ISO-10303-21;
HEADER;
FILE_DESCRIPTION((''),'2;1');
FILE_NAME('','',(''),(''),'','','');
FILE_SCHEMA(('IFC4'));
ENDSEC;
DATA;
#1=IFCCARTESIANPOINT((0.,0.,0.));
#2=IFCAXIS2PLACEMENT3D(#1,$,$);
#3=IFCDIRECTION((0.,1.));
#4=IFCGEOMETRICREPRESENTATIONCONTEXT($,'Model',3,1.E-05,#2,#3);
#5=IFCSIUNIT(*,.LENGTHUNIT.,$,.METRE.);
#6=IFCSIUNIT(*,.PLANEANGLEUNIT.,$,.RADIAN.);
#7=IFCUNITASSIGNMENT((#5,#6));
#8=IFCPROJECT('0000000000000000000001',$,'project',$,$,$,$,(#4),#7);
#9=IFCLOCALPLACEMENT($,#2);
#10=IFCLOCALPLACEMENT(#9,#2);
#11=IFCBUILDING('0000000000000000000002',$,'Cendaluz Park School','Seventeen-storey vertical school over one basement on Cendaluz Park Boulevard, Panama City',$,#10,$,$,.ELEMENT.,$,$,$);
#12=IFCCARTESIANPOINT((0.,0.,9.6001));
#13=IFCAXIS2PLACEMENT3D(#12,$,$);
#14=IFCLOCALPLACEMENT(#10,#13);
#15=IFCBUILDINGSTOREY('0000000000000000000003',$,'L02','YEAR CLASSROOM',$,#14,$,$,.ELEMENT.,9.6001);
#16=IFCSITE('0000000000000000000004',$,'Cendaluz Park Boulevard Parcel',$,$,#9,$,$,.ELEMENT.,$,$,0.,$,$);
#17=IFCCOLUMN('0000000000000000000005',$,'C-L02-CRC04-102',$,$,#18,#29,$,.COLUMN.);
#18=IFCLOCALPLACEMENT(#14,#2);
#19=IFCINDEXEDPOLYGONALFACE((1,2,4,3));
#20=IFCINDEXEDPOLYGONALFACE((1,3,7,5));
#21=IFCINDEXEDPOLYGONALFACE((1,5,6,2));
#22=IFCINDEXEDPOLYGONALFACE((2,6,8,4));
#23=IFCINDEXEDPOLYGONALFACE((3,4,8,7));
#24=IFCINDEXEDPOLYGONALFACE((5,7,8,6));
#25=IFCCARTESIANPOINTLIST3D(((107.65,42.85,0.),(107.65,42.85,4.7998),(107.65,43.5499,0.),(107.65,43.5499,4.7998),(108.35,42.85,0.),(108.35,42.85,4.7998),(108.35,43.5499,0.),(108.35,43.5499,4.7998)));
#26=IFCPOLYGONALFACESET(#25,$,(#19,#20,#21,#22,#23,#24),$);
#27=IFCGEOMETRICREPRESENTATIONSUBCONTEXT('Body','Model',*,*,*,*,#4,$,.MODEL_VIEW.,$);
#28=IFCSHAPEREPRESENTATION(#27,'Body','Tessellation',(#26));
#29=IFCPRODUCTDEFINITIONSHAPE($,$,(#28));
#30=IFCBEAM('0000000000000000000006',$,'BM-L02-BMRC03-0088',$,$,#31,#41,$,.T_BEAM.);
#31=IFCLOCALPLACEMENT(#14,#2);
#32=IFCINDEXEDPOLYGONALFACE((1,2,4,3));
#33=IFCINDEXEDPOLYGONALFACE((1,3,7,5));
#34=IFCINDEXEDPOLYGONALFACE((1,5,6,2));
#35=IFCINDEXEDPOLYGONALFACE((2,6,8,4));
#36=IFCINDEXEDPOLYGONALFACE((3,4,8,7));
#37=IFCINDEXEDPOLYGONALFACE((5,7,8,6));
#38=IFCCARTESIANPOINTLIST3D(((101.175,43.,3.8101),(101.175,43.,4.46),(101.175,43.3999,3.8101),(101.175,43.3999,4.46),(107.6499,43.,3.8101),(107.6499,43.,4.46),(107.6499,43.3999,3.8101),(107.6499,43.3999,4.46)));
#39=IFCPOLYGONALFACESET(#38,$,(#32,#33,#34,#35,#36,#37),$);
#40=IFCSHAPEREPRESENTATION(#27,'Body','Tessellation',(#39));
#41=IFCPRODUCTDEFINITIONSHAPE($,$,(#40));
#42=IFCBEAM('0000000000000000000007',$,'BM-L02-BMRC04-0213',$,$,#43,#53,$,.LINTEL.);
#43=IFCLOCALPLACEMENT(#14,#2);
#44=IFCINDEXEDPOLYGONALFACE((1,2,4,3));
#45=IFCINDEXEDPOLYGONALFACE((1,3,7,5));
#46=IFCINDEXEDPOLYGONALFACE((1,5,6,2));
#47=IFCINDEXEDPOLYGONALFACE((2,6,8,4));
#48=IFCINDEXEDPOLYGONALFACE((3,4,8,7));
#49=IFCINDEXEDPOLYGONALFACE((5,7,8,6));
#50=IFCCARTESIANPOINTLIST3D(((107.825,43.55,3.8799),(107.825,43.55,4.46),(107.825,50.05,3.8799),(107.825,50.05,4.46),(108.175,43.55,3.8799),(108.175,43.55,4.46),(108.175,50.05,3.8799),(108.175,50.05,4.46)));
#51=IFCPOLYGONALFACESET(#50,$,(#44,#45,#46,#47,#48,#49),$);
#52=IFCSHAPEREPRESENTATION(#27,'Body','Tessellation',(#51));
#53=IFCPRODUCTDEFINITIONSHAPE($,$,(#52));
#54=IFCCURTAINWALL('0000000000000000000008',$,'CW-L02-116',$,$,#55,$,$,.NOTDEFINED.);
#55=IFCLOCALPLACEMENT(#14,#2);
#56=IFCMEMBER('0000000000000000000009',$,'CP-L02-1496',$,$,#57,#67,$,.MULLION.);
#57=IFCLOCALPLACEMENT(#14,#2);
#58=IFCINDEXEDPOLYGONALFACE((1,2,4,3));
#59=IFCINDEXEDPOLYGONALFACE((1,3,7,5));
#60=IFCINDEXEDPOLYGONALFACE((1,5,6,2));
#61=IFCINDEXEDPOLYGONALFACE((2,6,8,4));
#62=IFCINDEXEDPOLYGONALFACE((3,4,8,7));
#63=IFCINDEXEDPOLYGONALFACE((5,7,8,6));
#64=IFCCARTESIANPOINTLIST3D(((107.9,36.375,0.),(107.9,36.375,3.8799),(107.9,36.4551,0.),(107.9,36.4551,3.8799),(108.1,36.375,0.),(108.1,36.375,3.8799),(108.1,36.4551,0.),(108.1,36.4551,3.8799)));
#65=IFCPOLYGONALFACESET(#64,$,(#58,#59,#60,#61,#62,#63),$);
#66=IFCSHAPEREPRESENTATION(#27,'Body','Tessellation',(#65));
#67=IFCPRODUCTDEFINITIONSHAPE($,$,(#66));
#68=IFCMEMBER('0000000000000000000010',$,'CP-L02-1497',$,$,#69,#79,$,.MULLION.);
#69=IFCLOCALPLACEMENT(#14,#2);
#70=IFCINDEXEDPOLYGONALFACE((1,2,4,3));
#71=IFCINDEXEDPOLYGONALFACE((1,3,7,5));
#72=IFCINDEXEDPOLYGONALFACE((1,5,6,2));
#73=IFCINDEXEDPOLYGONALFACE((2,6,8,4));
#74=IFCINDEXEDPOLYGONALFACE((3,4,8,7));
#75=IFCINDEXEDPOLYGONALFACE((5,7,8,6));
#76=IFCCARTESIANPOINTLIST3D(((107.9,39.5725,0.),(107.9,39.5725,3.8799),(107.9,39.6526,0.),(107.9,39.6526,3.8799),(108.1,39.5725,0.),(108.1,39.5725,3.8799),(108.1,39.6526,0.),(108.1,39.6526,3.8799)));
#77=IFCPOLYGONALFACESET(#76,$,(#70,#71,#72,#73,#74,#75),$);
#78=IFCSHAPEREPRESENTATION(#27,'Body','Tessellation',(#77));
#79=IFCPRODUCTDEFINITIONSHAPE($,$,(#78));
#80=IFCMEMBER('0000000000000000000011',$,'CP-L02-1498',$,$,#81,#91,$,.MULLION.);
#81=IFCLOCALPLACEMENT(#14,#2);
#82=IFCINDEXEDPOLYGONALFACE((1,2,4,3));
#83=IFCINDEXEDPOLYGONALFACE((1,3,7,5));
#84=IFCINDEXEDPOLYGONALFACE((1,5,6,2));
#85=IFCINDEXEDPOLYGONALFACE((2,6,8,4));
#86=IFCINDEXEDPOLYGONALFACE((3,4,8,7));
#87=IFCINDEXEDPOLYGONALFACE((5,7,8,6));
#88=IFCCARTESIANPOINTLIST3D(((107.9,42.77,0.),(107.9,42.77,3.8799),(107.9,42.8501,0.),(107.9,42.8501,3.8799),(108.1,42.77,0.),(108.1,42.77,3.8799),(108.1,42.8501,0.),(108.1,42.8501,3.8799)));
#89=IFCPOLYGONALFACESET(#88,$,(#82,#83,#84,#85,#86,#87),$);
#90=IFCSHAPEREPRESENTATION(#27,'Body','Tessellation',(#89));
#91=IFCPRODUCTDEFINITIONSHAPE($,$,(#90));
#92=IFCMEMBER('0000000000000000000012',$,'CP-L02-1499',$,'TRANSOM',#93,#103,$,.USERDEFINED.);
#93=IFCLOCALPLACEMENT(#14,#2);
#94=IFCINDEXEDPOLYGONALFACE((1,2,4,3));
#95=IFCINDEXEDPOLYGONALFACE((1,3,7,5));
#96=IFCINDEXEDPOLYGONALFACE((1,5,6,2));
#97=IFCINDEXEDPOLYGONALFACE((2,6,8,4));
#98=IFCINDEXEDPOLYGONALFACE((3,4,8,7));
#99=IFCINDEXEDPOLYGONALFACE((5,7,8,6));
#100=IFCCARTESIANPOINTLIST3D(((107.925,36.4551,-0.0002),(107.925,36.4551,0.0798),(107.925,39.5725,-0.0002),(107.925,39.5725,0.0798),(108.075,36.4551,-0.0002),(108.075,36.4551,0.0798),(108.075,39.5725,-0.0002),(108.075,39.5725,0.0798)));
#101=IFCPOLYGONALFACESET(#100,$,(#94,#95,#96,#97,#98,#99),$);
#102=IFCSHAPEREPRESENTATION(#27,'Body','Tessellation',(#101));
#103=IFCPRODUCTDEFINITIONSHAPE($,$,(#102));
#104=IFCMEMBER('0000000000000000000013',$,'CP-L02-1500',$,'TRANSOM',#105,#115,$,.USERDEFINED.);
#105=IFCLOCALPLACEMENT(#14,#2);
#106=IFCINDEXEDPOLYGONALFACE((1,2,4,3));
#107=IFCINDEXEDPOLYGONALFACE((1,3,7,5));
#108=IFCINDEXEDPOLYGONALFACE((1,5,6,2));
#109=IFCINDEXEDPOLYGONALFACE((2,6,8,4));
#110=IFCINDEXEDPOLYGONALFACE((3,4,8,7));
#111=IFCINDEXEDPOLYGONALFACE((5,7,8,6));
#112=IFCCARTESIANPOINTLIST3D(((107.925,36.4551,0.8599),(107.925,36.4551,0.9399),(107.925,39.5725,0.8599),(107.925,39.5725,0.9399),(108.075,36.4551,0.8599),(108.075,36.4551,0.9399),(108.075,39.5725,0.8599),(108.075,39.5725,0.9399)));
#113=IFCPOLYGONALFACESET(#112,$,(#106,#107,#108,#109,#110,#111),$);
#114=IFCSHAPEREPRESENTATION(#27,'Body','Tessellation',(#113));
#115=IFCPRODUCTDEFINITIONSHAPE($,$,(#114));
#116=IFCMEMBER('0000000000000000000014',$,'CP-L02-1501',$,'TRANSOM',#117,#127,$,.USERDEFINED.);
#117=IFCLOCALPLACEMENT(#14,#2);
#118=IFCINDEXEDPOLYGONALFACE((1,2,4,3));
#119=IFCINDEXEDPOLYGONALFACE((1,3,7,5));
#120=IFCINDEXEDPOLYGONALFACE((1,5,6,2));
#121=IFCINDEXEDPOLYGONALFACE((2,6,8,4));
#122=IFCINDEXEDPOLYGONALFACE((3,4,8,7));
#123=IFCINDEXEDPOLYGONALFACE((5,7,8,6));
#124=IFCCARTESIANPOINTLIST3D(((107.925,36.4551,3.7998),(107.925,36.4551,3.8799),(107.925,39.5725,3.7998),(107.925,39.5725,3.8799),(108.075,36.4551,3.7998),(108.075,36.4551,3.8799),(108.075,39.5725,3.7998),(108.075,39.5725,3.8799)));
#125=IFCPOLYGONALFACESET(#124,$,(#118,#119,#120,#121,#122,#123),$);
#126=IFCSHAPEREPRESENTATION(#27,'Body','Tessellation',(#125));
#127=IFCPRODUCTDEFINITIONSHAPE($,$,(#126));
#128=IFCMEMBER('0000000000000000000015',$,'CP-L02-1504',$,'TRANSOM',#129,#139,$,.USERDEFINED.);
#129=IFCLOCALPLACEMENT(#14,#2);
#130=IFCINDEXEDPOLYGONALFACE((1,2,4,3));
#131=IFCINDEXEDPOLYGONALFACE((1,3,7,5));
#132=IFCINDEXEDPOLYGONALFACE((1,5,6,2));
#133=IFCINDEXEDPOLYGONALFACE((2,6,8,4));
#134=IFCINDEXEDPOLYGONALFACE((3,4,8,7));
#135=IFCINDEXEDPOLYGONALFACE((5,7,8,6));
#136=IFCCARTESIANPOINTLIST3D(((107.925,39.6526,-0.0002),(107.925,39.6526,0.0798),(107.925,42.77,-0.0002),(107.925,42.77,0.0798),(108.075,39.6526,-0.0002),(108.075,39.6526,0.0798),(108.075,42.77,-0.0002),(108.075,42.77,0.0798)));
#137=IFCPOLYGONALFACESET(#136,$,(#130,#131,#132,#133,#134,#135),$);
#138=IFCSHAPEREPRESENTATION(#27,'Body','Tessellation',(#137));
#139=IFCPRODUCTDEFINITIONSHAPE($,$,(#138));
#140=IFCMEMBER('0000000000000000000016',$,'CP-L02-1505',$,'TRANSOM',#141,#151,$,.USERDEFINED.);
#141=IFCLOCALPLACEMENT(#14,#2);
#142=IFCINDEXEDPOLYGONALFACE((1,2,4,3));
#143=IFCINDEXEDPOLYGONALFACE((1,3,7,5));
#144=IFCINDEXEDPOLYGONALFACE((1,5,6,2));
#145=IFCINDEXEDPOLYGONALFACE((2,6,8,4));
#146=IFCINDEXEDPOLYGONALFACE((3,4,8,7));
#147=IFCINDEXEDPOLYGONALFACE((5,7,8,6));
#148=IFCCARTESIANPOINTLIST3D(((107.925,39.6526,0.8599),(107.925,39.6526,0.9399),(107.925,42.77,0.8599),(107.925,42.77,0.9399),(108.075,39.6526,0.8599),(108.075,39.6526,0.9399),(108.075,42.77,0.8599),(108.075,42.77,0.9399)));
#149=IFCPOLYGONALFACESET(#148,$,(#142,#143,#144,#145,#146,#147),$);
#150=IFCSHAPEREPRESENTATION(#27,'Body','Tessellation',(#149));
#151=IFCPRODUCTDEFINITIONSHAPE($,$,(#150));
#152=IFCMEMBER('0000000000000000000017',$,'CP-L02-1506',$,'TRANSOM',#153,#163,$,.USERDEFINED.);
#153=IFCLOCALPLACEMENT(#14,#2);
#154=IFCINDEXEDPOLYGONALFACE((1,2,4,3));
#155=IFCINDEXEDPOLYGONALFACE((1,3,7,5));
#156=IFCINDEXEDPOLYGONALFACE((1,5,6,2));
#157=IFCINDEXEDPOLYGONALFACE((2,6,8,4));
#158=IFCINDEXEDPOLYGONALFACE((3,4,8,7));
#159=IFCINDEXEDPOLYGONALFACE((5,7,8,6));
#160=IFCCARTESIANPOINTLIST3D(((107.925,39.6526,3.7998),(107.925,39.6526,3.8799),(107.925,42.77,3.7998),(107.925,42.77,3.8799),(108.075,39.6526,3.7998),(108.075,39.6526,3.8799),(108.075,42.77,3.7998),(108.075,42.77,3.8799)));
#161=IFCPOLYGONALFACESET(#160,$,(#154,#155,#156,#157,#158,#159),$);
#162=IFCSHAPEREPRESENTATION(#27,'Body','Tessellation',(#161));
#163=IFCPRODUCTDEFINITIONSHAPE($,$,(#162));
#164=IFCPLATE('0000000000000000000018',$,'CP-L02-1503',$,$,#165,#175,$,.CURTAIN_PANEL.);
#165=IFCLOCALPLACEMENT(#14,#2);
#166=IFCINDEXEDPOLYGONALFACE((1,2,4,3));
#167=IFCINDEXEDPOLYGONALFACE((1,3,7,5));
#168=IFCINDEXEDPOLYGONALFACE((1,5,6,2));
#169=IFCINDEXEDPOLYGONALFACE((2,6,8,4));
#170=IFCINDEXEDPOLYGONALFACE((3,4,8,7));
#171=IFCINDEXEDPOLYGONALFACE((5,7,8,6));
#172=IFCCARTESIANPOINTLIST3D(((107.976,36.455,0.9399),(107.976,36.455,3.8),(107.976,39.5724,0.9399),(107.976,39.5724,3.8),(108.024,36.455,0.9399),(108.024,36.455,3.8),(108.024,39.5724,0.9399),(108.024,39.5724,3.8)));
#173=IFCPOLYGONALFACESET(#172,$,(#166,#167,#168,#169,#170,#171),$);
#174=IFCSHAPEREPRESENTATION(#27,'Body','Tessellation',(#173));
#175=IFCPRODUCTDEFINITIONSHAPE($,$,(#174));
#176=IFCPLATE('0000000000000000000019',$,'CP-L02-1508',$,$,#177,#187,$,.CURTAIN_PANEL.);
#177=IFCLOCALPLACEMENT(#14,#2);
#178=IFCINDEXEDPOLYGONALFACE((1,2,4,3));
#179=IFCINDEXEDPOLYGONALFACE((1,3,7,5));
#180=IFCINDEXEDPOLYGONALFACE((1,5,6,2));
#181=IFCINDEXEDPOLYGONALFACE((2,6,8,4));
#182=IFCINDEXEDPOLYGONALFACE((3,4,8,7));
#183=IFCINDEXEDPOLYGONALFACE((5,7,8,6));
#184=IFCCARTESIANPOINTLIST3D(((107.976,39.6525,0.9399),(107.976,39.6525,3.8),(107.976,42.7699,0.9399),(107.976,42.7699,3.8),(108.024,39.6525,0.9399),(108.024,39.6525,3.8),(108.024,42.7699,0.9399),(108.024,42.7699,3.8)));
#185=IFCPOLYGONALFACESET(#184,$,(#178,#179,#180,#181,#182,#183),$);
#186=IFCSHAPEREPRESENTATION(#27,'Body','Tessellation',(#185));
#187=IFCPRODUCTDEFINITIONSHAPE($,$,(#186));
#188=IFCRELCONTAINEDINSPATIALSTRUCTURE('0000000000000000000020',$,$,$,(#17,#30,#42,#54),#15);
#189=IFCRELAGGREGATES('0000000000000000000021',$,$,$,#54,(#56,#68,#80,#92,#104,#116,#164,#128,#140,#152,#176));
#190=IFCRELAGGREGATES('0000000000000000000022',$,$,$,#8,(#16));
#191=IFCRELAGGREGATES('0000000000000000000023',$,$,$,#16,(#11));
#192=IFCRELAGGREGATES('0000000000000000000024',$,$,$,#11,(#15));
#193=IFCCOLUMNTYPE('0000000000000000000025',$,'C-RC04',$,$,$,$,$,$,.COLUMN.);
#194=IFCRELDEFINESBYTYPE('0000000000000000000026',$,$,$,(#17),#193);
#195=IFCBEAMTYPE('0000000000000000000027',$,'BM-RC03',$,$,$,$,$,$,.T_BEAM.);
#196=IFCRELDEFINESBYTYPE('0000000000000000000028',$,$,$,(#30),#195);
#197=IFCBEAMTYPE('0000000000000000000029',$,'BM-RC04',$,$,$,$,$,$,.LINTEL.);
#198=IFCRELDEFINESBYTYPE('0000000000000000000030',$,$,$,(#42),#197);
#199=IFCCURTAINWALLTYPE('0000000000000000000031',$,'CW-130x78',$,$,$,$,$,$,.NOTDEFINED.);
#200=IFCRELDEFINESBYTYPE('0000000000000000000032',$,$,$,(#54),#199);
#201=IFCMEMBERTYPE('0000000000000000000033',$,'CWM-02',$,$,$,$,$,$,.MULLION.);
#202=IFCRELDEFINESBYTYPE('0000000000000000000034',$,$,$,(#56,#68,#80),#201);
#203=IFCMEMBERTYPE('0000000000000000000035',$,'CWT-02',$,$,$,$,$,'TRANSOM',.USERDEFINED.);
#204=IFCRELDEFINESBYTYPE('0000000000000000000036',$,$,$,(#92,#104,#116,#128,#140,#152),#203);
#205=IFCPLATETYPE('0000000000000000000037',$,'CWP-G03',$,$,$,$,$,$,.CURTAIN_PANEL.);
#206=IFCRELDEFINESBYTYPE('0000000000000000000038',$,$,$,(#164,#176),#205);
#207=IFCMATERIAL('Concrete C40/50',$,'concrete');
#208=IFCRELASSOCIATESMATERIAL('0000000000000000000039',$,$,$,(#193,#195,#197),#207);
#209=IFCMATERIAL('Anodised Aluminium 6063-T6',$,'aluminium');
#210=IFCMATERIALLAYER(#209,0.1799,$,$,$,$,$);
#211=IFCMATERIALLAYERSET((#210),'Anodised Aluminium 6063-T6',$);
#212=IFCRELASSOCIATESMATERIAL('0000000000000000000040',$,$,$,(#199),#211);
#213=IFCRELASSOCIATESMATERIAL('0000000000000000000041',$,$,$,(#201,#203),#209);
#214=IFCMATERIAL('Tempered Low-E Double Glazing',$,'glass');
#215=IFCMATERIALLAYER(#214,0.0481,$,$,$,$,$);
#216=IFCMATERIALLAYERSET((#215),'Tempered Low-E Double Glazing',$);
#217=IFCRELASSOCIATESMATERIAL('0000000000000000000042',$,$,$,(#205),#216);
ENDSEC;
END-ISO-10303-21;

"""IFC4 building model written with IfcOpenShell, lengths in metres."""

from ifc_helpers import new_model, si_unit, direction, frame, origin, origin_2d, place, context, subcontext, project, spatial, rectangle, extrude, material, layer, layer_set, material_profile, profile_set, type_object, element, aggregate, save


model = new_model("IFC4")

# Units and contexts
model_context = context("Model", 3, precision=1e-05, world=origin(), true_north=direction((0.0, 1.0)))
body_context = subcontext(model_context, "Body", "Model", "MODEL_VIEW")
ifc_project = project(units=[si_unit("LENGTHUNIT", "METRE"), si_unit("PLANEANGLEUNIT", "RADIAN")], contexts=[model_context])

# Site, building, storey
site_placement = place(None, origin())
site = spatial("IfcSite", under=ifc_project, at=site_placement, Name="Cendaluz Park Boulevard Parcel", CompositionType="ELEMENT", RefElevation=0.0)
building_placement = place(site_placement, origin())
building = spatial("IfcBuilding", under=site, at=building_placement, Name="Cendaluz Park School", Description="Seventeen-storey vertical school over one basement on Cendaluz Park Boulevard, Panama City", CompositionType="ELEMENT")
storey_placement = place(building_placement, frame((0.0, 0.0, 9.6001)))
storey = spatial("IfcBuildingStorey", under=building, at=storey_placement, Name="L02", Description="YEAR CLASSROOM", CompositionType="ELEMENT", Elevation=9.6001)

# Column
ifc_material_1 = material(Name="Concrete C40/50", Category="concrete")
ifc_material_profile_1 = material_profile(ifc_material_1, rectangle(XDim=0.7, YDim=0.7, at=origin_2d()), Name="RC 700x700", Category="concrete")
ifc_profile_set_1 = profile_set([ifc_material_profile_1], Name="Concrete C40/50")
column_type = type_object("IfcColumnType", Name="C-RC04", PredefinedType="COLUMN", material=ifc_profile_set_1)
column_placement = place(storey_placement, frame((108.0, 43.2, 0.0), z_axis=(0.0, 0.0, 1.0), x_axis=(1.0, 0.0, 0.0)))
element("IfcColumn", 1, at=column_placement, inside=storey, type_object=column_type, Name="C-L02-CRC04-102", PredefinedType="COLUMN", context=body_context, shape_type="SweptSolid", body=[
    extrude(rectangle(XDim=0.7, YDim=0.7, at=origin_2d()), origin(), (0.0, 0.0, 1.0), 4.7998),
])

# Beams
ifc_material_profile_2 = material_profile(ifc_material_1, rectangle(XDim=0.3999, YDim=0.6499, at=origin_2d()), Name="RC 400x650", Category="concrete")
ifc_profile_set_2 = profile_set([ifc_material_profile_2], Name="Concrete C40/50")
beam_type_1 = type_object("IfcBeamType", Name="BM-RC03", PredefinedType="T_BEAM", material=ifc_profile_set_2)
beam_1_placement = place(storey_placement, frame((101.175, 43.2, 4.135), z_axis=(1.0, 0.0, 0.0), x_axis=(0.0, 1.0, 0.0)))
element("IfcBeam", 2, at=beam_1_placement, inside=storey, type_object=beam_type_1, Name="BM-L02-BMRC03-0088", PredefinedType="T_BEAM", context=body_context, shape_type="SweptSolid", body=[
    extrude(rectangle(XDim=0.3999, YDim=0.6499, at=origin_2d()), origin(), (0.0, 0.0, 1.0), 6.4749),
])
ifc_material_profile_3 = material_profile(ifc_material_1, rectangle(XDim=0.3501, YDim=0.5801, at=origin_2d()), Name="RC 350x580", Category="concrete")
ifc_profile_set_3 = profile_set([ifc_material_profile_3], Name="Concrete C40/50")
beam_type_2 = type_object("IfcBeamType", Name="BM-RC04", PredefinedType="LINTEL", material=ifc_profile_set_3)
beam_2_placement = place(storey_placement, frame((108.0, 43.55, 4.1699), z_axis=(0.0, 1.0, 0.0), x_axis=(-1.0, 0.0, 0.0)))
element("IfcBeam", 3, at=beam_2_placement, inside=storey, type_object=beam_type_2, Name="BM-L02-BMRC04-0213", PredefinedType="LINTEL", context=body_context, shape_type="SweptSolid", body=[
    extrude(rectangle(XDim=0.3501, YDim=0.5801, at=origin_2d()), origin(), (0.0, 0.0, 1.0), 6.5),
])

# Curtain wall, members, plates
ifc_material_2 = material(Name="Anodised Aluminium 6063-T6", Category="aluminium")
ifc_layer_1 = layer(ifc_material_2, 0.1799)
ifc_layer_set_1 = layer_set([ifc_layer_1], Name="Anodised Aluminium 6063-T6")
curtain_wall_type = type_object("IfcCurtainWallType", Name="CW-130x78", PredefinedType="NOTDEFINED", material=ifc_layer_set_1)
curtain_wall_placement = place(storey_placement, origin())
curtain_wall = element("IfcCurtainWall", 4, at=curtain_wall_placement, inside=storey, type_object=curtain_wall_type, Name="CW-L02-116", PredefinedType="NOTDEFINED")
ifc_material_profile_4 = material_profile(ifc_material_2, rectangle(XDim=0.2, YDim=0.0801, at=origin_2d()), Name="CWM 200x80", Category="aluminium")
ifc_profile_set_4 = profile_set([ifc_material_profile_4], Name="Anodised Aluminium 6063-T6")
member_type_1 = type_object("IfcMemberType", Name="CWM-02", PredefinedType="MULLION", material=ifc_profile_set_4)
member_1_placement = place(storey_placement, frame((108.0, 36.415, 0.0), z_axis=(0.0, 0.0, 1.0), x_axis=(-1.0, 0.0, 0.0)))
member_1 = element("IfcMember", 5, at=member_1_placement, type_object=member_type_1, Name="CP-L02-1496", PredefinedType="MULLION", context=body_context, shape_type="SweptSolid", body=[
    extrude(rectangle(XDim=0.2, YDim=0.0801, at=origin_2d()), origin(), (0.0, 0.0, 1.0), 3.8799),
])
member_2_placement = place(storey_placement, frame((108.0, 39.6125, 0.0), z_axis=(0.0, 0.0, 1.0), x_axis=(-1.0, 0.0, 0.0)))
member_2 = element("IfcMember", 6, at=member_2_placement, type_object=member_type_1, Name="CP-L02-1497", PredefinedType="MULLION", context=body_context, shape_type="SweptSolid", body=[
    extrude(rectangle(XDim=0.2, YDim=0.0801, at=origin_2d()), origin(), (0.0, 0.0, 1.0), 3.8799),
])
member_3_placement = place(storey_placement, frame((108.0, 42.8101, 0.0), z_axis=(0.0, 0.0, 1.0), x_axis=(-1.0, 0.0, 0.0)))
member_3 = element("IfcMember", 7, at=member_3_placement, type_object=member_type_1, Name="CP-L02-1498", PredefinedType="MULLION", context=body_context, shape_type="SweptSolid", body=[
    extrude(rectangle(XDim=0.2, YDim=0.0801, at=origin_2d()), origin(), (0.0, 0.0, 1.0), 3.8799),
])
ifc_material_profile_5 = material_profile(ifc_material_2, rectangle(XDim=0.1499, YDim=0.0801, at=origin_2d()), Name="CWT 150x80", Category="aluminium")
ifc_profile_set_5 = profile_set([ifc_material_profile_5], Name="Anodised Aluminium 6063-T6")
member_type_2 = type_object("IfcMemberType", Name="CWT-02", ElementType="TRANSOM", PredefinedType="USERDEFINED", material=ifc_profile_set_5)
member_4_placement = place(storey_placement, frame((108.0, 36.4551, 0.0398), z_axis=(0.0, 1.0, 0.0), x_axis=(-1.0, 0.0, 0.0)))
member_4 = element("IfcMember", 8, at=member_4_placement, type_object=member_type_2, Name="CP-L02-1499", ObjectType="TRANSOM", PredefinedType="USERDEFINED", context=body_context, shape_type="SweptSolid", body=[
    extrude(rectangle(XDim=0.1499, YDim=0.0801, at=origin_2d()), origin(), (0.0, 0.0, 1.0), 3.1174),
])
member_5_placement = place(storey_placement, frame((108.0, 36.4551, 0.8999), z_axis=(0.0, 1.0, 0.0), x_axis=(-1.0, 0.0, 0.0)))
member_5 = element("IfcMember", 9, at=member_5_placement, type_object=member_type_2, Name="CP-L02-1500", ObjectType="TRANSOM", PredefinedType="USERDEFINED", context=body_context, shape_type="SweptSolid", body=[
    extrude(rectangle(XDim=0.1499, YDim=0.0801, at=origin_2d()), origin(), (0.0, 0.0, 1.0), 3.1174),
])
member_6_placement = place(storey_placement, frame((108.0, 36.4551, 3.8398), z_axis=(0.0, 1.0, 0.0), x_axis=(-1.0, 0.0, 0.0)))
member_6 = element("IfcMember", 10, at=member_6_placement, type_object=member_type_2, Name="CP-L02-1501", ObjectType="TRANSOM", PredefinedType="USERDEFINED", context=body_context, shape_type="SweptSolid", body=[
    extrude(rectangle(XDim=0.1499, YDim=0.0801, at=origin_2d()), origin(), (0.0, 0.0, 1.0), 3.1174),
])
member_7_placement = place(storey_placement, frame((108.0, 39.6526, 0.0398), z_axis=(0.0, 1.0, 0.0), x_axis=(-1.0, 0.0, 0.0)))
member_7 = element("IfcMember", 11, at=member_7_placement, type_object=member_type_2, Name="CP-L02-1504", ObjectType="TRANSOM", PredefinedType="USERDEFINED", context=body_context, shape_type="SweptSolid", body=[
    extrude(rectangle(XDim=0.1499, YDim=0.0801, at=origin_2d()), origin(), (0.0, 0.0, 1.0), 3.1174),
])
member_8_placement = place(storey_placement, frame((108.0, 39.6526, 0.8999), z_axis=(0.0, 1.0, 0.0), x_axis=(-1.0, 0.0, 0.0)))
member_8 = element("IfcMember", 12, at=member_8_placement, type_object=member_type_2, Name="CP-L02-1505", ObjectType="TRANSOM", PredefinedType="USERDEFINED", context=body_context, shape_type="SweptSolid", body=[
    extrude(rectangle(XDim=0.1499, YDim=0.0801, at=origin_2d()), origin(), (0.0, 0.0, 1.0), 3.1174),
])
member_9_placement = place(storey_placement, frame((108.0, 39.6526, 3.8398), z_axis=(0.0, 1.0, 0.0), x_axis=(-1.0, 0.0, 0.0)))
member_9 = element("IfcMember", 13, at=member_9_placement, type_object=member_type_2, Name="CP-L02-1506", ObjectType="TRANSOM", PredefinedType="USERDEFINED", context=body_context, shape_type="SweptSolid", body=[
    extrude(rectangle(XDim=0.1499, YDim=0.0801, at=origin_2d()), origin(), (0.0, 0.0, 1.0), 3.1174),
])
ifc_material_3 = material(Name="Tempered Low-E Double Glazing", Category="glass")
ifc_layer_2 = layer(ifc_material_3, 0.0481)
ifc_layer_set_2 = layer_set([ifc_layer_2], Name="Tempered Low-E Double Glazing")
plate_type_1 = type_object("IfcPlateType", Name="CWP-G03", PredefinedType="CURTAIN_PANEL", material=ifc_layer_set_2)
plate_1_placement = place(storey_placement, frame((108.0, 38.0137, 0.9399), z_axis=(0.0, 0.0, 1.0), x_axis=(0.0, 1.0, 0.0)))
plate_1 = element("IfcPlate", 14, at=plate_1_placement, type_object=plate_type_1, Name="CP-L02-1503", PredefinedType="CURTAIN_PANEL", context=body_context, shape_type="SweptSolid", body=[
    extrude(rectangle(XDim=3.1174, YDim=0.0481, at=origin_2d()), origin(), (0.0, 0.0, 1.0), 2.8601),
])
plate_2_placement = place(storey_placement, frame((108.0, 41.2112, 0.9399), z_axis=(0.0, 0.0, 1.0), x_axis=(0.0, 1.0, 0.0)))
plate_2 = element("IfcPlate", 15, at=plate_2_placement, type_object=plate_type_1, Name="CP-L02-1508", PredefinedType="CURTAIN_PANEL", context=body_context, shape_type="SweptSolid", body=[
    extrude(rectangle(XDim=3.1174, YDim=0.0481, at=origin_2d()), origin(), (0.0, 0.0, 1.0), 2.8601),
])
aggregate(curtain_wall, [member_1, member_2, member_3, member_4, member_5, member_6, plate_1, member_7, member_8, member_9, plate_2])

save(model, "model.ifc")
